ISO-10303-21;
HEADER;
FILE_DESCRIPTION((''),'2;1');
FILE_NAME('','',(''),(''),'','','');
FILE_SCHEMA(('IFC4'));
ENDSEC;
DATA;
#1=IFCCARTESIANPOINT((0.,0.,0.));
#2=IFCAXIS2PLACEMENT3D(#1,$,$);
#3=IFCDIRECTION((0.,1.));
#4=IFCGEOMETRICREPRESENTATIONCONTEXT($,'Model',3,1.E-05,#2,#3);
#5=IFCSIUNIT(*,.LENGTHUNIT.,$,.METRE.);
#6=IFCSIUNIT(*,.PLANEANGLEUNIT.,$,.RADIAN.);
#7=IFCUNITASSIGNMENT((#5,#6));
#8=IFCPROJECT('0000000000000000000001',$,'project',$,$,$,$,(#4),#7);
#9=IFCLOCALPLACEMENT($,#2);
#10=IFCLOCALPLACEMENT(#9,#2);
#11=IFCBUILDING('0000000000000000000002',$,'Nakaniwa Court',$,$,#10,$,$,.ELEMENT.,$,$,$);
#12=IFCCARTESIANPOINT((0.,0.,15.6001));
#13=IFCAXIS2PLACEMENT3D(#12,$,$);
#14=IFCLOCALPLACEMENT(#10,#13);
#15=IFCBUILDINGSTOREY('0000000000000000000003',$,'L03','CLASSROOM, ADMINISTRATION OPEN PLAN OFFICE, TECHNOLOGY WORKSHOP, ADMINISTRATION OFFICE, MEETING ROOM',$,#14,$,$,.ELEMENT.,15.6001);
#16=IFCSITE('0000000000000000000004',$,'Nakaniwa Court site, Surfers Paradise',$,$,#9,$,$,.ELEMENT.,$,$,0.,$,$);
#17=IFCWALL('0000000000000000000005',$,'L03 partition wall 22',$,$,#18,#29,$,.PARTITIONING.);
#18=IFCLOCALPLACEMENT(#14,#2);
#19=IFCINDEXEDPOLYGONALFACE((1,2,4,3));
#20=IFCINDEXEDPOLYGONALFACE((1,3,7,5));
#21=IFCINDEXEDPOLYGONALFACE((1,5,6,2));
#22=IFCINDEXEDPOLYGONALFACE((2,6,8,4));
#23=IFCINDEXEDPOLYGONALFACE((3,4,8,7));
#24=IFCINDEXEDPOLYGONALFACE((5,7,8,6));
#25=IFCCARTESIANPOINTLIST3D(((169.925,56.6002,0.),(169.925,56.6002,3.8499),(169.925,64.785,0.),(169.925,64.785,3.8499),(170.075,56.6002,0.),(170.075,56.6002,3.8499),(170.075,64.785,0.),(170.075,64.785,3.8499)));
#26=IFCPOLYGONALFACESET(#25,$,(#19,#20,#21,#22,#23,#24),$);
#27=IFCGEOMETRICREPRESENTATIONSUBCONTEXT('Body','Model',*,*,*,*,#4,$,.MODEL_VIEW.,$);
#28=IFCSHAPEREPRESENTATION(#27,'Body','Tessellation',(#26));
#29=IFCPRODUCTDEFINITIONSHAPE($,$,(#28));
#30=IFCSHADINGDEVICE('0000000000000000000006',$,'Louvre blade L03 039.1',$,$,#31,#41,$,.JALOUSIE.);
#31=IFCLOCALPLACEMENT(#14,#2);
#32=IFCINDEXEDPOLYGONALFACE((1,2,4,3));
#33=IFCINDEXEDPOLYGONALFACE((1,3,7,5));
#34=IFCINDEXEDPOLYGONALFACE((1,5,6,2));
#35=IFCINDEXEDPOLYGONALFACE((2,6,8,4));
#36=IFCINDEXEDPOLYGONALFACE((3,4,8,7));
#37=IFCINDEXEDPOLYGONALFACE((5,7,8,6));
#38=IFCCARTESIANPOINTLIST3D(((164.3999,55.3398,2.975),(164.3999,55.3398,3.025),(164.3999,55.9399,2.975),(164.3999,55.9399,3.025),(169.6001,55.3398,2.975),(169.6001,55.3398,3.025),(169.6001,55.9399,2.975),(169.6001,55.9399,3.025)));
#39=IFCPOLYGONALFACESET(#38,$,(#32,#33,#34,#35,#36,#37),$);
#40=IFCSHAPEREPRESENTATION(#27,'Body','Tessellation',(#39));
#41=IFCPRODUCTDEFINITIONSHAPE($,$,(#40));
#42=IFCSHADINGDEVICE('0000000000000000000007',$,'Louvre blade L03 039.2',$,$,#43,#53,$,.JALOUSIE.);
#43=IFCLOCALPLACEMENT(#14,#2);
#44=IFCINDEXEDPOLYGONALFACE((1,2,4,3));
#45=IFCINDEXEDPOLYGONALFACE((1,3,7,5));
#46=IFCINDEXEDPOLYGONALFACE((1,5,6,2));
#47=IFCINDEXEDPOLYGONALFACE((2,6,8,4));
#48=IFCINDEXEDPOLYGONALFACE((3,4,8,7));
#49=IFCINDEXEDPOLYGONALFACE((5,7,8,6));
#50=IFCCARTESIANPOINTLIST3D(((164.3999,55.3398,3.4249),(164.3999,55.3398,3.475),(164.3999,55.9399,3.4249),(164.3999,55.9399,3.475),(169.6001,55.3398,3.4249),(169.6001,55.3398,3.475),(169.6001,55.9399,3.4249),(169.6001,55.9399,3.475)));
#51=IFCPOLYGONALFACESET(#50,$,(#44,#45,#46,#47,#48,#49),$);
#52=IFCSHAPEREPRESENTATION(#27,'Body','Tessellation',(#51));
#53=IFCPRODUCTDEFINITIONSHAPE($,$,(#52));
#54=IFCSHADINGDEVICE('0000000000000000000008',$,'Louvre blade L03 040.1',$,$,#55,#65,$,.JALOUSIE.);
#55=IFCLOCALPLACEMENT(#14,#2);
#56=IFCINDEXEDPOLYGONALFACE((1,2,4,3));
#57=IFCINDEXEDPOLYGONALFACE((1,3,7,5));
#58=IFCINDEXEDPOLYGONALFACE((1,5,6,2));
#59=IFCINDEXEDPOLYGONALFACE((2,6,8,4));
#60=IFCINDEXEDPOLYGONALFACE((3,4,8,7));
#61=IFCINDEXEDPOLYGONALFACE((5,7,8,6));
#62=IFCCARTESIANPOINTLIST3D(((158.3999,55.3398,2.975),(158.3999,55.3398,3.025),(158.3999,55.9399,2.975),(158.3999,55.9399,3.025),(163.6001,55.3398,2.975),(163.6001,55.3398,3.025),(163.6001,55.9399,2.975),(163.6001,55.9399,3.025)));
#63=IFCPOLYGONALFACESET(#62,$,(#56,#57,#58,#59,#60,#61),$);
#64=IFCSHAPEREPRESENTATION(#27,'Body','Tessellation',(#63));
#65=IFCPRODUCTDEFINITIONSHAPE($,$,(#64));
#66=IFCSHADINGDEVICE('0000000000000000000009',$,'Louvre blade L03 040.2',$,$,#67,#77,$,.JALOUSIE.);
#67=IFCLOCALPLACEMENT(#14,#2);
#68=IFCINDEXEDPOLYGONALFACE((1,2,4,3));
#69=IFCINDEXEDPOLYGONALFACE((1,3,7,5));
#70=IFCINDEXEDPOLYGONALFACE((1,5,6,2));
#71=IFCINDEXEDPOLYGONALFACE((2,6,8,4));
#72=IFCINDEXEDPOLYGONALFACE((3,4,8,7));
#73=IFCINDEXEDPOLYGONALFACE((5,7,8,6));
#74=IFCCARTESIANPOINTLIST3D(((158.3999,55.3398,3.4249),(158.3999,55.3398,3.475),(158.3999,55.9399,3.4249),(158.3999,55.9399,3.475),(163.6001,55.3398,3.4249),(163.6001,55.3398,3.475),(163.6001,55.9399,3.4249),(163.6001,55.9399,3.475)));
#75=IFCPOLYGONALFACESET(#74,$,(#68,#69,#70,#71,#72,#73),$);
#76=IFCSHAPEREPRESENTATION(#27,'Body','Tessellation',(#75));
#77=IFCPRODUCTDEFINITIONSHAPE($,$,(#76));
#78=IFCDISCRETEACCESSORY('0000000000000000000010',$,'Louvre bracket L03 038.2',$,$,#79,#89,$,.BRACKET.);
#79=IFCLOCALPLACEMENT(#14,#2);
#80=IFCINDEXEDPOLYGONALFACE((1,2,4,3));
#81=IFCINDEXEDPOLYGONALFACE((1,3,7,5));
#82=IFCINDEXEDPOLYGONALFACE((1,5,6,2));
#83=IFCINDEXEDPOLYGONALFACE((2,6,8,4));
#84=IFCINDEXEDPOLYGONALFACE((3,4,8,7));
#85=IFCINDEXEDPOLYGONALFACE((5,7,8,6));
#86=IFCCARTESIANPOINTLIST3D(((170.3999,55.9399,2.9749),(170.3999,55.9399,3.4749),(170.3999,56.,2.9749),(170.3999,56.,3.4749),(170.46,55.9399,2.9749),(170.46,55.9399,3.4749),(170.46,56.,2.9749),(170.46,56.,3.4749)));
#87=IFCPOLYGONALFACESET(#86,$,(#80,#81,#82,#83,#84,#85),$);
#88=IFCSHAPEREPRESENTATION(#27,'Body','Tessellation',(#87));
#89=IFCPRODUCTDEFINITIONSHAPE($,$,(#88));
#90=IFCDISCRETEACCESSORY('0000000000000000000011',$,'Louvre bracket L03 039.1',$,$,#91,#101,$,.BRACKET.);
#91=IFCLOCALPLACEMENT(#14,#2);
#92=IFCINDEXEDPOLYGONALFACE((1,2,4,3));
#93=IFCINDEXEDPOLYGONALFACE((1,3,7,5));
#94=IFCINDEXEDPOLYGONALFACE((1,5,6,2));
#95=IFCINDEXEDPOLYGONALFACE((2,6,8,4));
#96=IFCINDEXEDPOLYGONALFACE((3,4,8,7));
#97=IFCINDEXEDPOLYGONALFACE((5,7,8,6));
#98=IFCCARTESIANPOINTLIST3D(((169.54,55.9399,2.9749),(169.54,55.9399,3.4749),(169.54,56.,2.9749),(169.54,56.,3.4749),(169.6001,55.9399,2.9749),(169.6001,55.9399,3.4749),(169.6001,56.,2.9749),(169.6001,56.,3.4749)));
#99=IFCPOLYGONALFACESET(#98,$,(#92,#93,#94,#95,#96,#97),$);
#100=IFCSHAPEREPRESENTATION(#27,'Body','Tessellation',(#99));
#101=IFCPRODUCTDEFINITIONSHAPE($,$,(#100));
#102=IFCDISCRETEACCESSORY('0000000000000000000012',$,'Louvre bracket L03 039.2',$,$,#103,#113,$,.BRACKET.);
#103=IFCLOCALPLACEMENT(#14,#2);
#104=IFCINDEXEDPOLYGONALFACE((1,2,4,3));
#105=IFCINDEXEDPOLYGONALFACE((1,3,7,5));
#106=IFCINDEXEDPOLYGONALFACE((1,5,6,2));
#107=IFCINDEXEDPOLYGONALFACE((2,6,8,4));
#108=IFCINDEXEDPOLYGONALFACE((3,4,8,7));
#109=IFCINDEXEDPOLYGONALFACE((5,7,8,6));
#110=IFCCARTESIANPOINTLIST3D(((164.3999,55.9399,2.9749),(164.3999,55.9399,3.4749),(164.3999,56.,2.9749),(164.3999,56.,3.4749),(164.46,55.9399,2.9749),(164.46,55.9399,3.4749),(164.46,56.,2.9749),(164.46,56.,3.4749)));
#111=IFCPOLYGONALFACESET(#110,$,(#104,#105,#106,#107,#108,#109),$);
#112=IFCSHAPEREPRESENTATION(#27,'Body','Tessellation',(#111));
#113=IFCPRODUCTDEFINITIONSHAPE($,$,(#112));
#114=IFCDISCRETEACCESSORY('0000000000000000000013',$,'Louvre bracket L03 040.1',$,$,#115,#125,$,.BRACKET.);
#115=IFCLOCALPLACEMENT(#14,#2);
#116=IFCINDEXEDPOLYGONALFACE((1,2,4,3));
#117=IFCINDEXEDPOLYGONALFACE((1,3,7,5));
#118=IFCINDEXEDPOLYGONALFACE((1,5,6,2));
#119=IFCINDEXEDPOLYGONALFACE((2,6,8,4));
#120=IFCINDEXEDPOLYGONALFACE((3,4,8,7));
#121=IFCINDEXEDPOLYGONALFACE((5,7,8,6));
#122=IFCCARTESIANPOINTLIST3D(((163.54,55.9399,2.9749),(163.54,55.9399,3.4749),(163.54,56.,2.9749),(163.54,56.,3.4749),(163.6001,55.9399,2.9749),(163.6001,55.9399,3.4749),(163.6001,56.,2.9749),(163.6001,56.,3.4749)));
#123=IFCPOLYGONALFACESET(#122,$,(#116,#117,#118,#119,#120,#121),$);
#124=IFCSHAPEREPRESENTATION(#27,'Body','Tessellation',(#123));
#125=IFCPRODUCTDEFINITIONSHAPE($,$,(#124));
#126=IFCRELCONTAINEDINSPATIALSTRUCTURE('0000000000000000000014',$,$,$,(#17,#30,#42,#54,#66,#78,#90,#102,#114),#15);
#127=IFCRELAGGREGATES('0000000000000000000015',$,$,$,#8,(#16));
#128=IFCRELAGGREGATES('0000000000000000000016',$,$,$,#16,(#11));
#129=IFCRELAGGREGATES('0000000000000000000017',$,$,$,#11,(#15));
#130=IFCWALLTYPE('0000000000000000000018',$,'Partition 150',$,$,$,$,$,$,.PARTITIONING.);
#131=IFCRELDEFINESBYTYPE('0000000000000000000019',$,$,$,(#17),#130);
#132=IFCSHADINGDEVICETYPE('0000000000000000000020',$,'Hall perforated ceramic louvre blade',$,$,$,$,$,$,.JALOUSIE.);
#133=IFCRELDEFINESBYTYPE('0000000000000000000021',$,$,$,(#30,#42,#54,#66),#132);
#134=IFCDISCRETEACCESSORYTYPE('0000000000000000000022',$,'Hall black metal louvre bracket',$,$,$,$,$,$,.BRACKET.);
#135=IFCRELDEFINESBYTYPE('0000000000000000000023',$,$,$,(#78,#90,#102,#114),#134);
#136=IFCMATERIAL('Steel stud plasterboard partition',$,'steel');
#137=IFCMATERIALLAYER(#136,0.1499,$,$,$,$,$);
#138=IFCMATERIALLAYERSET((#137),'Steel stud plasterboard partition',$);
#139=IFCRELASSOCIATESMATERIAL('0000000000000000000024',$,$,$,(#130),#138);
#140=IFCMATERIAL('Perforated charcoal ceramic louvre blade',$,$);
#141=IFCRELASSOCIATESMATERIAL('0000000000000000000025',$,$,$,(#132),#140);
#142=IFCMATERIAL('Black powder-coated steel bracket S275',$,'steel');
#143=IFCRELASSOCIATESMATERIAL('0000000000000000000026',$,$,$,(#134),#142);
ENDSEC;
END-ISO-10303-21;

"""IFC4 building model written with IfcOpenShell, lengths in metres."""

from ifc_helpers import new_model, si_unit, direction, frame, frame_2d, origin, origin_2d, place, context, subcontext, project, spatial, rectangle, extrude, material, layer, layer_set, material_profile, profile_set, type_object, element, save


model = new_model("IFC4")

# Units and contexts
model_context = context("Model", 3, precision=1e-05, world=origin(), true_north=direction((0.0, 1.0)))
body_context = subcontext(model_context, "Body", "Model", "MODEL_VIEW")
ifc_project = project(units=[si_unit("LENGTHUNIT", "METRE"), si_unit("PLANEANGLEUNIT", "RADIAN")], contexts=[model_context])

# Site, building, storey
site_placement = place(None, origin())
site = spatial("IfcSite", under=ifc_project, at=site_placement, Name="Nakaniwa Court site, Surfers Paradise", CompositionType="ELEMENT", RefElevation=0.0)
building_placement = place(site_placement, origin())
building = spatial("IfcBuilding", under=site, at=building_placement, Name="Nakaniwa Court", CompositionType="ELEMENT")
storey_placement = place(building_placement, frame((0.0, 0.0, 15.6001)))
storey = spatial("IfcBuildingStorey", under=building, at=storey_placement, Name="L03", Description="CLASSROOM, ADMINISTRATION OPEN PLAN OFFICE, TECHNOLOGY WORKSHOP, ADMINISTRATION OFFICE, MEETING ROOM", CompositionType="ELEMENT", Elevation=15.6001)

# Shared definitions
ifc_material_1 = material(Name="Steel stud plasterboard partition", Category="steel")
ifc_layer_1 = layer(ifc_material_1, 0.1499)
ifc_layer_set_1 = layer_set([ifc_layer_1], Name="Steel stud plasterboard partition")
wall_type_1 = type_object("IfcWallType", Name="Partition 150", PredefinedType="PARTITIONING", material=ifc_layer_set_1)

# Wall
wall_1_placement = place(storey_placement, frame((170.0, 64.7849, 0.0), z_axis=(0.0, 0.0, 1.0), x_axis=(0.0, -1.0, 0.0)))
element("IfcWall", 1, at=wall_1_placement, inside=storey, type_object=wall_type_1, Name="L03 partition wall 22", PredefinedType="PARTITIONING", context=body_context, shape_type="SweptSolid", body=[
    extrude(rectangle(XDim=8.1848, YDim=0.1499, at=frame_2d((4.0923, 0.0))), origin(), (0.0, 0.0, 1.0), 3.8499),
])

# Shading devices
ifc_material_2 = material(Name="Perforated charcoal ceramic louvre blade")
ifc_material_profile_1 = material_profile(ifc_material_2, rectangle(XDim=0.6001, YDim=0.05, at=origin_2d()), Name="Hall perforated ceramic louvre blade")
ifc_profile_set_1 = profile_set([ifc_material_profile_1], Name="Perforated charcoal ceramic louvre blade")
shading_device_type = type_object("IfcShadingDeviceType", Name="Hall perforated ceramic louvre blade", PredefinedType="JALOUSIE", material=ifc_profile_set_1)
for number, where, z_axis, x_axis, name in (
    (2, (169.6001, 55.6399, 3.0), (-1.0, 0.0, 0.0), (0.0, -1.0, 0.0), "Louvre blade L03 039.1"),
    (3, (169.6001, 55.6399, 3.45), (-1.0, 0.0, 0.0), (0.0, -1.0, 0.0), "Louvre blade L03 039.2"),
    (4, (163.6001, 55.6399, 3.0), (-1.0, 0.0, 0.0), (0.0, -1.0, 0.0), "Louvre blade L03 040.1"),
    (5, (163.6001, 55.6399, 3.45), (-1.0, 0.0, 0.0), (0.0, -1.0, 0.0), "Louvre blade L03 040.2"),
):
    element("IfcShadingDevice", number, at=place(storey_placement, frame(where, z_axis=z_axis, x_axis=x_axis)), inside=storey, type_object=shading_device_type, Name=name, PredefinedType="JALOUSIE", context=body_context, shape_type="SweptSolid", body=[
        extrude(rectangle(XDim=0.6001, YDim=0.05, at=origin_2d()), origin(), (0.0, 0.0, 1.0), 5.2002),
    ])

# Discrete accessories
ifc_material_3 = material(Name="Black powder-coated steel bracket S275", Category="steel")
discrete_accessory_type = type_object("IfcDiscreteAccessoryType", Name="Hall black metal louvre bracket", PredefinedType="BRACKET", material=ifc_material_3)
for number, where, z_axis, x_axis, name in (
    (6, (170.4299, 55.97, 2.9749), (0.0, 0.0, 1.0), (-1.0, 0.0, 0.0), "Louvre bracket L03 038.2"),
    (7, (169.5701, 55.97, 2.9749), (0.0, 0.0, 1.0), (-1.0, 0.0, 0.0), "Louvre bracket L03 039.1"),
    (8, (164.4299, 55.97, 2.9749), (0.0, 0.0, 1.0), (-1.0, 0.0, 0.0), "Louvre bracket L03 039.2"),
    (9, (163.5701, 55.97, 2.9749), (0.0, 0.0, 1.0), (-1.0, 0.0, 0.0), "Louvre bracket L03 040.1"),
):
    element("IfcDiscreteAccessory", number, at=place(storey_placement, frame(where, z_axis=z_axis, x_axis=x_axis)), inside=storey, type_object=discrete_accessory_type, Name=name, PredefinedType="BRACKET", context=body_context, shape_type="SweptSolid", body=[
        extrude(rectangle(XDim=0.0601, YDim=0.0601, at=origin_2d()), origin(), (0.0, 0.0, 1.0), 0.5),
    ])

save(model, "model.ifc")
